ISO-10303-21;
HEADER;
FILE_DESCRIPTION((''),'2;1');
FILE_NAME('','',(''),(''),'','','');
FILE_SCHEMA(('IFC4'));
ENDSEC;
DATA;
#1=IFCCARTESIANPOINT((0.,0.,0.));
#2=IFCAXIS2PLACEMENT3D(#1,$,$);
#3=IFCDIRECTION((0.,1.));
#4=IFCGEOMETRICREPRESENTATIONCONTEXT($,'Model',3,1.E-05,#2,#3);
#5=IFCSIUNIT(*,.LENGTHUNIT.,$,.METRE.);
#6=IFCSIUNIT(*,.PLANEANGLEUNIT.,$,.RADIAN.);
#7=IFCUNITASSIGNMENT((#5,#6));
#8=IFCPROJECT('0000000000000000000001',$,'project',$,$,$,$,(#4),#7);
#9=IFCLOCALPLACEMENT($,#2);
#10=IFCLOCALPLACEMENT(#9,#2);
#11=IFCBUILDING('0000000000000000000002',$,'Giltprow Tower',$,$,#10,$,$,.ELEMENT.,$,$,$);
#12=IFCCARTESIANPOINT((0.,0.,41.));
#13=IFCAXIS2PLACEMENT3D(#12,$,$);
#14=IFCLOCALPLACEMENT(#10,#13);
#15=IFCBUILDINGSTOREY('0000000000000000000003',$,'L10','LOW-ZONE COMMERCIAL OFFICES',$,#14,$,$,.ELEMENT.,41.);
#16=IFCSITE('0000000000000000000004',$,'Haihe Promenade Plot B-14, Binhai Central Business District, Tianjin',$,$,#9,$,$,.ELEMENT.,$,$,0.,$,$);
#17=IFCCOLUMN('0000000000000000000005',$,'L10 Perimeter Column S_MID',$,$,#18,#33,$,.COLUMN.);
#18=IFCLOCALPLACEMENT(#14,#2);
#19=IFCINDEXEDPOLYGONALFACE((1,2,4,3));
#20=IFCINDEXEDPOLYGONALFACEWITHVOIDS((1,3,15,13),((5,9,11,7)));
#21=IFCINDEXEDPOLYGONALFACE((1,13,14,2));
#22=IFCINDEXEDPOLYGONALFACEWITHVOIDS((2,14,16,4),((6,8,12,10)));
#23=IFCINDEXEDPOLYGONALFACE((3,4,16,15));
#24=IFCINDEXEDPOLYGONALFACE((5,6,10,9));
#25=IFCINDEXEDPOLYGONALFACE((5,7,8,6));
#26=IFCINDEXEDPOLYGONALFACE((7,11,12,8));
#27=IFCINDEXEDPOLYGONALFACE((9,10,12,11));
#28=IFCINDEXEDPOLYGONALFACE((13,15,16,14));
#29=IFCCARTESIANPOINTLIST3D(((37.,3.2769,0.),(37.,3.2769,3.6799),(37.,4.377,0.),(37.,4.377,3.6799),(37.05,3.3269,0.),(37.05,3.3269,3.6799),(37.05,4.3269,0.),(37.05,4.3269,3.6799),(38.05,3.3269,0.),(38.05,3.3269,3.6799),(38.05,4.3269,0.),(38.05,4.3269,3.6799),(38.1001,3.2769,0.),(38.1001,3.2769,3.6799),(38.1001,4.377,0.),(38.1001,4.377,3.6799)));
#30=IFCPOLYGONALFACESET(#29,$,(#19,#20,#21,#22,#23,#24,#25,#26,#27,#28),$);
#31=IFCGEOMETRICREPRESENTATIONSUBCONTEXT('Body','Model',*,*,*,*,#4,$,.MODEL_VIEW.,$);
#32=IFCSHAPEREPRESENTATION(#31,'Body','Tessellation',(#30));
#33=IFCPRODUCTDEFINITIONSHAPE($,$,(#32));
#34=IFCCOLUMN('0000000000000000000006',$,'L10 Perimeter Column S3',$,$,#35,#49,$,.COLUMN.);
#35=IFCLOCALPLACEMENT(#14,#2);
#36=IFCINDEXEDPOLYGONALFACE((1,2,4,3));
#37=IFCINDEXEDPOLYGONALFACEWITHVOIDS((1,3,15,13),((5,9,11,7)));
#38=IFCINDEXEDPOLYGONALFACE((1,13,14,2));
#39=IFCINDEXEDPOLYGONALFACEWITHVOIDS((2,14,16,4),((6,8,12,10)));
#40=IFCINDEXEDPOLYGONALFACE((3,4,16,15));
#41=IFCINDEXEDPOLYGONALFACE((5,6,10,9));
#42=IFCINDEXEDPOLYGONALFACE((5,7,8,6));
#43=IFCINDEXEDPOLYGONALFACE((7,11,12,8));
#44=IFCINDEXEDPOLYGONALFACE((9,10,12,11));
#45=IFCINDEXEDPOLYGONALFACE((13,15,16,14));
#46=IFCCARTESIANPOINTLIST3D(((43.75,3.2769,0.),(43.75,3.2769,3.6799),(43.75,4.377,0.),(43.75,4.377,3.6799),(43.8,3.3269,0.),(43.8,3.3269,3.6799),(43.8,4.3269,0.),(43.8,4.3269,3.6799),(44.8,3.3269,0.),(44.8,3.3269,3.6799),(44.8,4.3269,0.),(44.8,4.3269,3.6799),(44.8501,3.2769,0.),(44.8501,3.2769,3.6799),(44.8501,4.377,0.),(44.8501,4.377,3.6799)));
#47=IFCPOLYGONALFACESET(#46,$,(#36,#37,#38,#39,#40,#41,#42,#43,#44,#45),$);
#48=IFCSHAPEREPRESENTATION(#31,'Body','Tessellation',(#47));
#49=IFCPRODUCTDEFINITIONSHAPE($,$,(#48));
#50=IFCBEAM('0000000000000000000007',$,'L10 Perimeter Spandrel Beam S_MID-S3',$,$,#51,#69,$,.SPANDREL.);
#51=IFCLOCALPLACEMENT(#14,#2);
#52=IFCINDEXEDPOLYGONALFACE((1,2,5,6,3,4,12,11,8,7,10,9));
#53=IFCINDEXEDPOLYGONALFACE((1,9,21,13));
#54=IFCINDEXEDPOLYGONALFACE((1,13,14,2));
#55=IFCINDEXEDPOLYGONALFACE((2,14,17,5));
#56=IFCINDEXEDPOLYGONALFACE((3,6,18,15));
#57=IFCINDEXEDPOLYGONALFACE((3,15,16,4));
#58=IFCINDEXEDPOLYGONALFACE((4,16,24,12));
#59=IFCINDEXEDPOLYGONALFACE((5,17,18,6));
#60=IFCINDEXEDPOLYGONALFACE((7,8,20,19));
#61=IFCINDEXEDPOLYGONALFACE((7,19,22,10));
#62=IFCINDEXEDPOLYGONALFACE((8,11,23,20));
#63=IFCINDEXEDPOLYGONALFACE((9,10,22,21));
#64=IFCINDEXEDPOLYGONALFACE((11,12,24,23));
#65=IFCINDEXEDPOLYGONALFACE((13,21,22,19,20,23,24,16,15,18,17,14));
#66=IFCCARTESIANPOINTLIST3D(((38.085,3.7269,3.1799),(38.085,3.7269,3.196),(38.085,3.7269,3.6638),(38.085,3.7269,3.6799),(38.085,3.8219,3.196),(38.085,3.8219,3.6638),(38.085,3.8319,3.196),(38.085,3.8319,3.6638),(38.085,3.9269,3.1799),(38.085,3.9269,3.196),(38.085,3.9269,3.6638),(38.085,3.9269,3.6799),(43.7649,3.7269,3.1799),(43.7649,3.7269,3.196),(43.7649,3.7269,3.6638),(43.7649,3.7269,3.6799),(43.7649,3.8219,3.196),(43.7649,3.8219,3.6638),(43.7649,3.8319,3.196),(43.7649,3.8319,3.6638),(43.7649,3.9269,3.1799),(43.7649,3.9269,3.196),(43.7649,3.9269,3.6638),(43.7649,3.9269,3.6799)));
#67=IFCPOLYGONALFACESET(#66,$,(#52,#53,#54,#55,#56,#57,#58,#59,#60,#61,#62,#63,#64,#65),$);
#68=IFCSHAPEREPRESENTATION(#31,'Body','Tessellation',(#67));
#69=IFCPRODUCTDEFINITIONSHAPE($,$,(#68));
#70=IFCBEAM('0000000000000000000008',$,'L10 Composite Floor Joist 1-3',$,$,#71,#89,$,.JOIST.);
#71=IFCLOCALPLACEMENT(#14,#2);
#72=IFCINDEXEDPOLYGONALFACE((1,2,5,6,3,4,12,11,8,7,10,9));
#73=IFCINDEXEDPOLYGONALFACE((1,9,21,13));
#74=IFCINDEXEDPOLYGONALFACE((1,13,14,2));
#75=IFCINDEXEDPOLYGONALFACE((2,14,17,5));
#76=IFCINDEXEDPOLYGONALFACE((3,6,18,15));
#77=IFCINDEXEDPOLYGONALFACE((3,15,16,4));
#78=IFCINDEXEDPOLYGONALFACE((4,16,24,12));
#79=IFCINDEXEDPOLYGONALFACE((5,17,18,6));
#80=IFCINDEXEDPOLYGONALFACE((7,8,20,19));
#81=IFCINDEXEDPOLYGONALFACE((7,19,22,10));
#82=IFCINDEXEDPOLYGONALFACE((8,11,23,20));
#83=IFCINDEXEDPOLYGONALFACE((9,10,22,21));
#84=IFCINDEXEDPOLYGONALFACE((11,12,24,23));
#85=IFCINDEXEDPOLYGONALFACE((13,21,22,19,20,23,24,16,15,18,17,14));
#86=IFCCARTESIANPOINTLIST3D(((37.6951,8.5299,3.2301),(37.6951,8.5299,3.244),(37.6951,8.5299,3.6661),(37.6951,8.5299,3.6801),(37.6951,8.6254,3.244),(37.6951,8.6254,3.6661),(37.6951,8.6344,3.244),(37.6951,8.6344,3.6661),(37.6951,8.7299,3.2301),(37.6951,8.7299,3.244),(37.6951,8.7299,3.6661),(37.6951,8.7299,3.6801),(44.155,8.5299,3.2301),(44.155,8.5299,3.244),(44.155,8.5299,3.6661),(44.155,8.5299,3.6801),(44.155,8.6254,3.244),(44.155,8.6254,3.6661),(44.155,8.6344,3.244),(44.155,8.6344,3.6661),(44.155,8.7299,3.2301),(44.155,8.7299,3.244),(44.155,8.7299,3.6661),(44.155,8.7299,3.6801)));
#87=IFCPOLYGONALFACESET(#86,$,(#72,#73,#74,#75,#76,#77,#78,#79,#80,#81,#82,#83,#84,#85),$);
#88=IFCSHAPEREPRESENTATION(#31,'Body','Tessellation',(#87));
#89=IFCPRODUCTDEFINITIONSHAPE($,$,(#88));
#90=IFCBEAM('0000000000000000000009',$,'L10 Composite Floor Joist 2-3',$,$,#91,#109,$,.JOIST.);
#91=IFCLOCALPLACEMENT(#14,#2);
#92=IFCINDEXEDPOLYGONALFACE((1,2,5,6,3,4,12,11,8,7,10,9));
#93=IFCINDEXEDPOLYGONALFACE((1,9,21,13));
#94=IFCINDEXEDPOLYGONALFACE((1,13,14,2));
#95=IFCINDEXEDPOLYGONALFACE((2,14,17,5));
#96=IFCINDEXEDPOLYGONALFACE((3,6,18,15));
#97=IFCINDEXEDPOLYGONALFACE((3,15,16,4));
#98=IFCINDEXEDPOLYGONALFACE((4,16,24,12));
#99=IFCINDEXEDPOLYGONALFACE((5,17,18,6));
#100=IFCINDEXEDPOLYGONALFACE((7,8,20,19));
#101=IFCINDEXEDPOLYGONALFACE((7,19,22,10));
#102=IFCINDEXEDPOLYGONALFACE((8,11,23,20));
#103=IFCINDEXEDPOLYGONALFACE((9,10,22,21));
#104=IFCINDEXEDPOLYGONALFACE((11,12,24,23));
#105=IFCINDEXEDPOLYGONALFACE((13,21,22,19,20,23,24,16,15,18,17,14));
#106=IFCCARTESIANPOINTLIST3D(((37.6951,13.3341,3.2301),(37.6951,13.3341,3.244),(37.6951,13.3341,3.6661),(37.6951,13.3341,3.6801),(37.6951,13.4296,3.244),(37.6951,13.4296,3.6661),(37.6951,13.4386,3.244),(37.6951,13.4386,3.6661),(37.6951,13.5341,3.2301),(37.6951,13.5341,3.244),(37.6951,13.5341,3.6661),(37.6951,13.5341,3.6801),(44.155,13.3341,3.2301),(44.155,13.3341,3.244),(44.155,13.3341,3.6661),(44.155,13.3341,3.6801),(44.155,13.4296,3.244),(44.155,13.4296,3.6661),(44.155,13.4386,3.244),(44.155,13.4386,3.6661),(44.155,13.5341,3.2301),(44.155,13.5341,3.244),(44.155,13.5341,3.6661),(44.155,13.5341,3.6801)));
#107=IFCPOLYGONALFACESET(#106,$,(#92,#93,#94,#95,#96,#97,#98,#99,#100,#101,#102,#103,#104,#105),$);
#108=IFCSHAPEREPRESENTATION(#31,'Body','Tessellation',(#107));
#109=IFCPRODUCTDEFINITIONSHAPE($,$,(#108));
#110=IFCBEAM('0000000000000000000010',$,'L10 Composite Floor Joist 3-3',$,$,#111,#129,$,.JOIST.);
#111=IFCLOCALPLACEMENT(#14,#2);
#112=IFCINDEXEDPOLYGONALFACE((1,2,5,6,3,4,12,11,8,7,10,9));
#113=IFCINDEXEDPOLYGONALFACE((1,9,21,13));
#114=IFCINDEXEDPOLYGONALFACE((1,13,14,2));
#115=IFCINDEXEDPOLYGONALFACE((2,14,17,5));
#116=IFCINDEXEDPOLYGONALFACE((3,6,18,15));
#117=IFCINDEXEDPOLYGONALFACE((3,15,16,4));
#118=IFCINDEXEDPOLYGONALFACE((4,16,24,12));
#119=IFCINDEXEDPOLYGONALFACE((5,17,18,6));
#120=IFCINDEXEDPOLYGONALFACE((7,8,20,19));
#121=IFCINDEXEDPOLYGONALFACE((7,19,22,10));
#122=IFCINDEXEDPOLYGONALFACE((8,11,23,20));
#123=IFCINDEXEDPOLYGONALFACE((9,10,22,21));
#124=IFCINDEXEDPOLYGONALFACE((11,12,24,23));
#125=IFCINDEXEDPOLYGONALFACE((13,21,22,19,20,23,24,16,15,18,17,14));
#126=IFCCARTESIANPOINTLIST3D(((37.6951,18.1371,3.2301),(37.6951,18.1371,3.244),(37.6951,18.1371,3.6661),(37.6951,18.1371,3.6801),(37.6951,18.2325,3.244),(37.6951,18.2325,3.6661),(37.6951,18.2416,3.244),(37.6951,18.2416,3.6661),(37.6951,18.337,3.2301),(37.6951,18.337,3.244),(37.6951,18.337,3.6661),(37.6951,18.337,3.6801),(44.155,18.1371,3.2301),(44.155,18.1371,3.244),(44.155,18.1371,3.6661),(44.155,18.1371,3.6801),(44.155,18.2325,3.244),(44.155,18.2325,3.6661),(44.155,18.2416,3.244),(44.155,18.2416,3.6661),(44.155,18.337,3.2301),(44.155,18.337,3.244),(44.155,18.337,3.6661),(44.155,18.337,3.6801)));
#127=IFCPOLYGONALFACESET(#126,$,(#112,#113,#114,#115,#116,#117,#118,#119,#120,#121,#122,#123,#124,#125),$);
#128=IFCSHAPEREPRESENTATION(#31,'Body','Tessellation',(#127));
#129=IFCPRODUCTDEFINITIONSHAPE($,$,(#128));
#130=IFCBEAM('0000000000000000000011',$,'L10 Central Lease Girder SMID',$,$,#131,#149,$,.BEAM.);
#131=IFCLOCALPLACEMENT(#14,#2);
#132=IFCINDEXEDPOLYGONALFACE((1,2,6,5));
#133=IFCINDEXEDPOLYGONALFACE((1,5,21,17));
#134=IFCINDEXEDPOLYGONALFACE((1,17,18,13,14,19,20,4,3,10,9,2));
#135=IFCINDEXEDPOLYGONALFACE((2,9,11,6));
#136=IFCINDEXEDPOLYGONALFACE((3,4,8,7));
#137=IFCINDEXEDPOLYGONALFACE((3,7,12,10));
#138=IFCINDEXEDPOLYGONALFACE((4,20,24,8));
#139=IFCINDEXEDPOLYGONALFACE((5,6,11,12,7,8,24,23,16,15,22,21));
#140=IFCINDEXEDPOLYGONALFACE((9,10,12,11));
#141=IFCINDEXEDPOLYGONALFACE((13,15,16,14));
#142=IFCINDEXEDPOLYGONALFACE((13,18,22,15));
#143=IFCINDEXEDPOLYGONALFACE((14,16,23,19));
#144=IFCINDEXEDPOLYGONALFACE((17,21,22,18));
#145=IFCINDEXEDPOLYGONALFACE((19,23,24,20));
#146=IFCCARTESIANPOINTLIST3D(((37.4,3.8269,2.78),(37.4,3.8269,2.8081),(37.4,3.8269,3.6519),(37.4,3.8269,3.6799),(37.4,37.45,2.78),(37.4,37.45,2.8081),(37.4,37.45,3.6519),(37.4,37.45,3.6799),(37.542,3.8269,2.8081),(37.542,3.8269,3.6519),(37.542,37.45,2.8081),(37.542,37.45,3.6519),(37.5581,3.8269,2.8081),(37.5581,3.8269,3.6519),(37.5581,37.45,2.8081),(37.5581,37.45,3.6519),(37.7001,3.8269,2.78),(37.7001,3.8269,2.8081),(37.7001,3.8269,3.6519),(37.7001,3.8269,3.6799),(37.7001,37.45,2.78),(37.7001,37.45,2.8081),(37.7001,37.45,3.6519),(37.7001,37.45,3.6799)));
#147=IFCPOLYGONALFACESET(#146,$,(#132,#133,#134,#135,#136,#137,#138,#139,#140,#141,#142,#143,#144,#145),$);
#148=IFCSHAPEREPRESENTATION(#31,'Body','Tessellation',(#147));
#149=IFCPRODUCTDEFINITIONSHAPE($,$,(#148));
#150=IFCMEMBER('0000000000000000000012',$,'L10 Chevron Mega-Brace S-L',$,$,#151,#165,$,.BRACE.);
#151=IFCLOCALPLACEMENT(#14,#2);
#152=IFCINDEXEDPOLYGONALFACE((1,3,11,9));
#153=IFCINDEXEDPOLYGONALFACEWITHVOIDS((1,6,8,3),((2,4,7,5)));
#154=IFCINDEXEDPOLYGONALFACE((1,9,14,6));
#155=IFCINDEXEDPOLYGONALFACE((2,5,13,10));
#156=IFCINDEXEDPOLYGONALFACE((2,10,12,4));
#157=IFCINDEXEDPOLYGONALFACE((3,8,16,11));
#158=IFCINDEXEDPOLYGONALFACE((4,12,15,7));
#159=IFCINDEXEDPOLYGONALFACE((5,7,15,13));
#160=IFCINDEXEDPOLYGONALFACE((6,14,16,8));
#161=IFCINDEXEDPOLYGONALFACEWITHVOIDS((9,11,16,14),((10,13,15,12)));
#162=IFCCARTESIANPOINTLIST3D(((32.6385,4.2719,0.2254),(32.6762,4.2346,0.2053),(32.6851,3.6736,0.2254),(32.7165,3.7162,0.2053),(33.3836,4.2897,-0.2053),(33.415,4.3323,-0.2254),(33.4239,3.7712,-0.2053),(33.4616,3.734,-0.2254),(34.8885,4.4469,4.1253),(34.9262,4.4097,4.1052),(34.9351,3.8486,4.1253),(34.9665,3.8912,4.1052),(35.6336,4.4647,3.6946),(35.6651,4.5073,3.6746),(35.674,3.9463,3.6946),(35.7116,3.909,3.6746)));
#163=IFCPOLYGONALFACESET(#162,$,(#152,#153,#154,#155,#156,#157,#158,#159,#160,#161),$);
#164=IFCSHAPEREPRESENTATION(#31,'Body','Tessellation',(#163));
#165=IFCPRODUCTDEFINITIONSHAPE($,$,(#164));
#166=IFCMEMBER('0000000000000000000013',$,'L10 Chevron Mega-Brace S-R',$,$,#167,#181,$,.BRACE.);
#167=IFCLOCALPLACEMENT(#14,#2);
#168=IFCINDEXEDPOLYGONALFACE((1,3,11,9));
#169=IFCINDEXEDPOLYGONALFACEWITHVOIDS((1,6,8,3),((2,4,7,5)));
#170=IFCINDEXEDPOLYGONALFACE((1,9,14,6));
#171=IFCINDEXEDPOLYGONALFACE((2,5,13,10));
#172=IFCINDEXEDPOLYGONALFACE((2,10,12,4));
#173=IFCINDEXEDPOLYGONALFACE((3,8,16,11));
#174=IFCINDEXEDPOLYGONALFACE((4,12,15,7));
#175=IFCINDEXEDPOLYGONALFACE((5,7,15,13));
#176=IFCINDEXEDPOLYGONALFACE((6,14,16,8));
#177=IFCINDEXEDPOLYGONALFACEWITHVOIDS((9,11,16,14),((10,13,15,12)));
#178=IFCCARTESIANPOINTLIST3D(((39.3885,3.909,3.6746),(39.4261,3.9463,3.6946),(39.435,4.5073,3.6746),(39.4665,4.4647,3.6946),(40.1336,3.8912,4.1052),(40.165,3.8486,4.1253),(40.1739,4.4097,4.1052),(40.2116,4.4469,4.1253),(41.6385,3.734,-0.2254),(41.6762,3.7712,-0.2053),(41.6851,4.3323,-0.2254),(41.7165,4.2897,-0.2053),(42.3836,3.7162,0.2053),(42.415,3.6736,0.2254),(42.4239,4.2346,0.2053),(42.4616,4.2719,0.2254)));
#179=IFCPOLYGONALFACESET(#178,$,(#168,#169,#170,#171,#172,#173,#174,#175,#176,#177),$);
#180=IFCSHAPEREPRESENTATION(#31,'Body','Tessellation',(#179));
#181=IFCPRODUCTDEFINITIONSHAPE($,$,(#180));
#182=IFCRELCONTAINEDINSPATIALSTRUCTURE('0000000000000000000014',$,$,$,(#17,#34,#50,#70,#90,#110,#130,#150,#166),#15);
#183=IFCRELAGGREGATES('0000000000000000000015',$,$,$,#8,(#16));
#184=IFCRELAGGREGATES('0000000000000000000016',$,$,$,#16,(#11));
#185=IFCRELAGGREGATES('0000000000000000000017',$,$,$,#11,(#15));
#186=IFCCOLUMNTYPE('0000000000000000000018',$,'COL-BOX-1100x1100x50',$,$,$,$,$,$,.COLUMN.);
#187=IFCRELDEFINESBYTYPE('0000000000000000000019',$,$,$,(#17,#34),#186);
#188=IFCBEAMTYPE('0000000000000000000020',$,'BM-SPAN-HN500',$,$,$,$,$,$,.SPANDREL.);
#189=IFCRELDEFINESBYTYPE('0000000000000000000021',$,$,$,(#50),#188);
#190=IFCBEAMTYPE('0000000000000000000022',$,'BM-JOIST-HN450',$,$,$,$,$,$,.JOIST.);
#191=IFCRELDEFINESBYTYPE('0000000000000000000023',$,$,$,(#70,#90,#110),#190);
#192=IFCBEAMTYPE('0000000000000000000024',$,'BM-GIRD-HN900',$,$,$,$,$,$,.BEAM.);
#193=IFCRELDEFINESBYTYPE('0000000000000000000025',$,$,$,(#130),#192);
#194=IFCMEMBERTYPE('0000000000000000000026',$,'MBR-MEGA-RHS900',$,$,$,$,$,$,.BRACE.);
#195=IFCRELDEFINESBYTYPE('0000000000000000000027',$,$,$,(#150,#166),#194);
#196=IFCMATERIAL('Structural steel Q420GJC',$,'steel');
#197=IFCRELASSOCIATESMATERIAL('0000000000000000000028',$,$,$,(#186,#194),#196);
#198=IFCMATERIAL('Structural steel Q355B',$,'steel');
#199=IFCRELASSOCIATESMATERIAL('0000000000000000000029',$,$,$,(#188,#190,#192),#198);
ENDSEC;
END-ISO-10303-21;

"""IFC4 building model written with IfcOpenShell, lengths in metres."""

from ifc_helpers import new_model, si_unit, direction, frame, origin, origin_2d, place, context, subcontext, project, spatial, hollow_rectangle, i_section, extrude, source, transform, mapped, material, material_profile, profile_set, type_object, element, save


model = new_model("IFC4")

# Units and contexts
model_context = context("Model", 3, precision=1e-05, world=origin(), true_north=direction((0.0, 1.0)))
body_context = subcontext(model_context, "Body", "Model", "MODEL_VIEW")
ifc_project = project(units=[si_unit("LENGTHUNIT", "METRE"), si_unit("PLANEANGLEUNIT", "RADIAN")], contexts=[model_context])

# Site, building, storey
site_placement = place(None, origin())
site = spatial("IfcSite", under=ifc_project, at=site_placement, Name="Haihe Promenade Plot B-14, Binhai Central Business District, Tianjin", CompositionType="ELEMENT", RefElevation=0.0)
building_placement = place(site_placement, origin())
building = spatial("IfcBuilding", under=site, at=building_placement, Name="Giltprow Tower", CompositionType="ELEMENT")
storey_placement = place(building_placement, frame((0.0, 0.0, 41.0)))
storey = spatial("IfcBuildingStorey", under=building, at=storey_placement, Name="L10", Description="LOW-ZONE COMMERCIAL OFFICES", CompositionType="ELEMENT", Elevation=41.0)

# Columns
ifc_material_1 = material(Name="Structural steel Q420GJC", Category="steel")
ifc_material_profile_1 = material_profile(ifc_material_1, hollow_rectangle(XDim=1.1001, YDim=1.1001, WallThickness=0.05, at=origin_2d()), Name="BOX 1100x1100x50")
ifc_profile_set_1 = profile_set([ifc_material_profile_1], Name="Structural steel Q420GJC")
column_type = type_object("IfcColumnType", Name="COL-BOX-1100x1100x50", PredefinedType="COLUMN", material=ifc_profile_set_1)
shared_shape_1 = source(origin(), body_context, "Body", "SweptSolid", [
    extrude(hollow_rectangle(XDim=1.1001, YDim=1.1001, WallThickness=0.05, at=origin_2d()), origin(), (0.0, 0.0, 1.0), 3.6799),
])
for number, where, z_axis, x_axis, name in (
    (1, (37.55, 3.8269, 0.0), (0.0, 0.0, 1.0), (1.0, 0.0, 0.0), "L10 Perimeter Column S_MID"),
    (2, (44.3, 3.8269, 0.0), (0.0, 0.0, 1.0), (1.0, 0.0, 0.0), "L10 Perimeter Column S3"),
):
    element("IfcColumn", number, at=place(storey_placement, frame(where, z_axis=z_axis, x_axis=x_axis)), inside=storey, type_object=column_type, Name=name, PredefinedType="COLUMN", context=body_context, shape_type="MappedRepresentation", body=[
        mapped(shared_shape_1, transform((0.0, 0.0, 0.0), x_axis=(1.0, 0.0, 0.0), y_axis=(0.0, 1.0, 0.0), z_axis=(0.0, 0.0, 1.0), scale=1.0)),
    ])

# Beams
ifc_material_2 = material(Name="Structural steel Q355B", Category="steel")
ifc_material_profile_2 = material_profile(ifc_material_2, i_section(OverallWidth=0.2, OverallDepth=0.5, WebThickness=0.01, FlangeThickness=0.0161, at=origin_2d()), Name="HN 500x200x10x16")
ifc_profile_set_2 = profile_set([ifc_material_profile_2], Name="Structural steel Q355B")
beam_type_1 = type_object("IfcBeamType", Name="BM-SPAN-HN500", PredefinedType="SPANDREL", material=ifc_profile_set_2)
shared_shape_2 = source(origin(), body_context, "Body", "SweptSolid", [
    extrude(i_section(OverallWidth=0.2, OverallDepth=0.5, WebThickness=0.01, FlangeThickness=0.0161, at=origin_2d()), origin(), (0.0, 0.0, 1.0), 5.6799),
])
beam_1_placement = place(storey_placement, frame((38.085, 3.8269, 3.4299), z_axis=(1.0, 0.0, 0.0), x_axis=(0.0, 1.0, 0.0)))
element("IfcBeam", 3, at=beam_1_placement, inside=storey, type_object=beam_type_1, Name="L10 Perimeter Spandrel Beam S_MID-S3", PredefinedType="SPANDREL", context=body_context, shape_type="MappedRepresentation", body=[
    mapped(shared_shape_2, transform((0.0, 0.0, 0.0), x_axis=(1.0, 0.0, 0.0), y_axis=(0.0, 1.0, 0.0), z_axis=(0.0, 0.0, 1.0), scale=1.0)),
])
ifc_material_profile_3 = material_profile(ifc_material_2, i_section(OverallWidth=0.2, OverallDepth=0.45, WebThickness=0.009, FlangeThickness=0.0139, at=origin_2d()), Name="HN 450x200x9x14")
ifc_profile_set_3 = profile_set([ifc_material_profile_3], Name="Structural steel Q355B")
beam_type_2 = type_object("IfcBeamType", Name="BM-JOIST-HN450", PredefinedType="JOIST", material=ifc_profile_set_3)
shared_shape_3 = source(origin(), body_context, "Body", "SweptSolid", [
    extrude(i_section(OverallWidth=0.2, OverallDepth=0.45, WebThickness=0.009, FlangeThickness=0.0139, at=origin_2d()), origin(), (0.0, 0.0, 1.0), 6.46),
])
for number, where, z_axis, x_axis, name in (
    (4, (37.6951, 8.6299, 3.4551), (1.0, 0.0, 0.0), (0.0, 1.0, 0.0), "L10 Composite Floor Joist 1-3"),
    (5, (37.6951, 13.4341, 3.4551), (1.0, 0.0, 0.0), (0.0, 1.0, 0.0), "L10 Composite Floor Joist 2-3"),
    (6, (37.6951, 18.2371, 3.4551), (1.0, 0.0, 0.0), (0.0, 1.0, 0.0), "L10 Composite Floor Joist 3-3"),
):
    element("IfcBeam", number, at=place(storey_placement, frame(where, z_axis=z_axis, x_axis=x_axis)), inside=storey, type_object=beam_type_2, Name=name, PredefinedType="JOIST", context=body_context, shape_type="MappedRepresentation", body=[
        mapped(shared_shape_3, transform((0.0, 0.0, 0.0), x_axis=(1.0, 0.0, 0.0), y_axis=(0.0, 1.0, 0.0), z_axis=(0.0, 0.0, 1.0), scale=1.0)),
    ])
ifc_material_profile_4 = material_profile(ifc_material_2, i_section(OverallWidth=0.3, OverallDepth=0.8999, WebThickness=0.0161, FlangeThickness=0.0281, at=origin_2d()), Name="HN 900x300x16x28")
ifc_profile_set_4 = profile_set([ifc_material_profile_4], Name="Structural steel Q355B")
beam_type_3 = type_object("IfcBeamType", Name="BM-GIRD-HN900", PredefinedType="BEAM", material=ifc_profile_set_4)
shared_shape_4 = source(origin(), body_context, "Body", "SweptSolid", [
    extrude(i_section(OverallWidth=0.3, OverallDepth=0.8999, WebThickness=0.0161, FlangeThickness=0.0281, at=origin_2d()), origin(), (0.0, 0.0, 1.0), 33.623),
])
beam_2_placement = place(storey_placement, frame((37.55, 3.8269, 3.23), z_axis=(0.0, 1.0, 0.0), x_axis=(-1.0, 0.0, 0.0)))
element("IfcBeam", 7, at=beam_2_placement, inside=storey, type_object=beam_type_3, Name="L10 Central Lease Girder SMID", PredefinedType="BEAM", context=body_context, shape_type="MappedRepresentation", body=[
    mapped(shared_shape_4, transform((0.0, 0.0, 0.0), x_axis=(1.0, 0.0, 0.0), y_axis=(0.0, 1.0, 0.0), z_axis=(0.0, 0.0, 1.0), scale=1.0)),
])

# Members
ifc_material_profile_5 = material_profile(ifc_material_1, hollow_rectangle(XDim=0.6001, YDim=0.8999, WallThickness=0.04, at=origin_2d()), Name="RHS 900x600x40")
ifc_profile_set_5 = profile_set([ifc_material_profile_5], Name="Structural steel Q420GJC")
member_type = type_object("IfcMemberType", Name="MBR-MEGA-RHS900", PredefinedType="BRACE", material=ifc_profile_set_5)
shared_shape_5 = source(origin(), body_context, "Body", "SweptSolid", [
    extrude(hollow_rectangle(XDim=0.6001, YDim=0.8999, WallThickness=0.04, at=origin_2d()), origin(), (0.0, 0.0, 1.0), 4.5059),
])
for number, where, z_axis, x_axis, name in (
    (8, (33.05, 4.0029, 0.0), (0.499355, 0.03885, 0.865526), (-0.077565, 0.996987, 0.0), "L10 Chevron Mega-Brace S-L"),
    (9, (42.05, 4.0029, 0.0), (-0.499355, 0.03885, 0.865526), (-0.077565, -0.996987, 0.0), "L10 Chevron Mega-Brace S-R"),
):
    element("IfcMember", number, at=place(storey_placement, frame(where, z_axis=z_axis, x_axis=x_axis)), inside=storey, type_object=member_type, Name=name, PredefinedType="BRACE", context=body_context, shape_type="MappedRepresentation", body=[
        mapped(shared_shape_5, transform((0.0, 0.0, 0.0), x_axis=(1.0, 0.0, 0.0), y_axis=(0.0, 1.0, 0.0), z_axis=(0.0, 0.0, 1.0), scale=1.0)),
    ])

save(model, "model.ifc")
